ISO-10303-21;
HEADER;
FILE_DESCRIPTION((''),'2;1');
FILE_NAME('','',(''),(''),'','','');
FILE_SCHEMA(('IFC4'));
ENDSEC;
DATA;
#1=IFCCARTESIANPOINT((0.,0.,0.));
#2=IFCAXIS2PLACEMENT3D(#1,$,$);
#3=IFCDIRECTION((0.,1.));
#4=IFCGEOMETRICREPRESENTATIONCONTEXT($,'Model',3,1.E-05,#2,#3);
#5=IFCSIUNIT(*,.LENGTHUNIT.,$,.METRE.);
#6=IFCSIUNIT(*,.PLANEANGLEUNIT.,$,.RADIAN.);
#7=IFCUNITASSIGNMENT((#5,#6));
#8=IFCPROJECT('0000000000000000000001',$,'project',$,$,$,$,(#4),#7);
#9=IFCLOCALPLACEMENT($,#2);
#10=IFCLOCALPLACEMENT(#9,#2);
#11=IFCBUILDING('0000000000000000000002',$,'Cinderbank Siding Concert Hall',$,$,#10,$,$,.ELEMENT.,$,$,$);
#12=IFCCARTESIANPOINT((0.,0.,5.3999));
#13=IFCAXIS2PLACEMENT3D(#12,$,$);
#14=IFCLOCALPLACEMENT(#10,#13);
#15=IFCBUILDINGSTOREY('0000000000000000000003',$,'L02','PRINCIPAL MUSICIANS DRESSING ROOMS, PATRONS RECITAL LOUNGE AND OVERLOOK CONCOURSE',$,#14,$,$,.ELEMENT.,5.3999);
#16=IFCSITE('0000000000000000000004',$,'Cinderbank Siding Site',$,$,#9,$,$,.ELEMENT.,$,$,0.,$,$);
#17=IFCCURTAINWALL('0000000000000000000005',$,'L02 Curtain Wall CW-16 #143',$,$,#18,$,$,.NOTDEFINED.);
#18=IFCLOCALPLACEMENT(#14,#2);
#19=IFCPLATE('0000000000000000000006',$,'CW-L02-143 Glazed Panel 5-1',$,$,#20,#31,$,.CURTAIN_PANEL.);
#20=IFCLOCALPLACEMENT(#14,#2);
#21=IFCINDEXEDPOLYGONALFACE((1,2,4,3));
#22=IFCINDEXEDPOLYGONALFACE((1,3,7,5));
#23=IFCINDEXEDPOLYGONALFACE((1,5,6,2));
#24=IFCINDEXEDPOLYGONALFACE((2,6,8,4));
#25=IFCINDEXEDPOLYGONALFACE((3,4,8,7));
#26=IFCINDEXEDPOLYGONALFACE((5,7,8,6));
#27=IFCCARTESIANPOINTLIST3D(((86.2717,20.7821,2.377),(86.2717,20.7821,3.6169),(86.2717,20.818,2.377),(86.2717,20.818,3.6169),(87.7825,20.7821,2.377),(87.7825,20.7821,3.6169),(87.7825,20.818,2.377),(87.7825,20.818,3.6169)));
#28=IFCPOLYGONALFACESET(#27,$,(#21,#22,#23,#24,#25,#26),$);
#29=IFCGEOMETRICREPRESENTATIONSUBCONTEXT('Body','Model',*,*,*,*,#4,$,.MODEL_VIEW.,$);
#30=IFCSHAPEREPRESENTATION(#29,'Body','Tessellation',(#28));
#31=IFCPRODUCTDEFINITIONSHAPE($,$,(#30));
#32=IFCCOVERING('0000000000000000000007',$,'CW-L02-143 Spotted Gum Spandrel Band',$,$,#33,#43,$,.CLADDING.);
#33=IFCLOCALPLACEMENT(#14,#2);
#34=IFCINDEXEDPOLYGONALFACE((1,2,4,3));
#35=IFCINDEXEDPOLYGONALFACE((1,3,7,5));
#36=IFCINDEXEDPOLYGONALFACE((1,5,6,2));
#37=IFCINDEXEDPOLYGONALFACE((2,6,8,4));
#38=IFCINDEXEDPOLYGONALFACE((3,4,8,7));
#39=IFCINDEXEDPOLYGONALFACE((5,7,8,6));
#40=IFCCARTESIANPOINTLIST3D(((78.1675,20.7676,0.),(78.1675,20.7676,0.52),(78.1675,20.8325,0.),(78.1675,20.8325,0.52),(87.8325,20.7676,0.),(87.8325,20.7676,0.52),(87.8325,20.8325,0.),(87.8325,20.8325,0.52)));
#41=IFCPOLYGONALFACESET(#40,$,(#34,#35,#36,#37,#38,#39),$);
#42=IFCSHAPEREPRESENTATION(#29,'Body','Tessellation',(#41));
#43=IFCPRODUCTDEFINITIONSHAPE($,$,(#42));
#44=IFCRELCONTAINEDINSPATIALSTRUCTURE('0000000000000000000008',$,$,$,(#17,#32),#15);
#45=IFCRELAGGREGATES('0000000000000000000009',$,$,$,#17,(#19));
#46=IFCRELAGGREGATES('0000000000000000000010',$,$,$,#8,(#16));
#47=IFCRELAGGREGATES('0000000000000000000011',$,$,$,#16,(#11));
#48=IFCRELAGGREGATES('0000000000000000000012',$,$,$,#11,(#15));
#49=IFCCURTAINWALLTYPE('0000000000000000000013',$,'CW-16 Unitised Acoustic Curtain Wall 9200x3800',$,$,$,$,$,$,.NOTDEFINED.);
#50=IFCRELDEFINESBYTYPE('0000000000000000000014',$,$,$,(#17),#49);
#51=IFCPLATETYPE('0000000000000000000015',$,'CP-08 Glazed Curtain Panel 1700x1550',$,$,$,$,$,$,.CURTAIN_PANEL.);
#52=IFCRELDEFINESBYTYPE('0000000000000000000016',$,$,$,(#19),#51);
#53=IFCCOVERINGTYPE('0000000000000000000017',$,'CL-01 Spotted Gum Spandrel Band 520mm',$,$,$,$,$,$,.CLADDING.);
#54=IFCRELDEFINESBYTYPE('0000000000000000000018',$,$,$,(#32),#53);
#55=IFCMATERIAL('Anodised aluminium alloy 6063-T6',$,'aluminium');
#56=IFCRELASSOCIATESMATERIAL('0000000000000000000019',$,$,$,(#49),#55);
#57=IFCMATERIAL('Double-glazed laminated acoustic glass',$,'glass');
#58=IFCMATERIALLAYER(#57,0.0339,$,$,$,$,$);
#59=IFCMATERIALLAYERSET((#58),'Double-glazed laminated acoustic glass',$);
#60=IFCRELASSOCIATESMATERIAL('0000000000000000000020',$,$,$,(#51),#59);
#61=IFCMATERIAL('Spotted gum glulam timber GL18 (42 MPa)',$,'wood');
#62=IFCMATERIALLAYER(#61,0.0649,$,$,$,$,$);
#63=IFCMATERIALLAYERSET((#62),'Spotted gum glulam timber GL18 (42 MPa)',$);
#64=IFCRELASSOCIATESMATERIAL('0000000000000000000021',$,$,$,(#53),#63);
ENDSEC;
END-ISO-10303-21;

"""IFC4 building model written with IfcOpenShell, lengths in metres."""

from ifc_helpers import new_model, si_unit, direction, frame, origin, origin_2d, place, context, subcontext, project, spatial, rectangle, extrude, material, layer, layer_set, type_object, element, aggregate, save


model = new_model("IFC4")

# Units and contexts
model_context = context("Model", 3, precision=1e-05, world=origin(), true_north=direction((0.0, 1.0)))
body_context = subcontext(model_context, "Body", "Model", "MODEL_VIEW")
ifc_project = project(units=[si_unit("LENGTHUNIT", "METRE"), si_unit("PLANEANGLEUNIT", "RADIAN")], contexts=[model_context])

# Site, building, storey
site_placement = place(None, origin())
site = spatial("IfcSite", under=ifc_project, at=site_placement, Name="Cinderbank Siding Site", CompositionType="ELEMENT", RefElevation=0.0)
building_placement = place(site_placement, origin())
building = spatial("IfcBuilding", under=site, at=building_placement, Name="Cinderbank Siding Concert Hall", CompositionType="ELEMENT")
storey_placement = place(building_placement, frame((0.0, 0.0, 5.3999)))
storey = spatial("IfcBuildingStorey", under=building, at=storey_placement, Name="L02", Description="PRINCIPAL MUSICIANS DRESSING ROOMS, PATRONS RECITAL LOUNGE AND OVERLOOK CONCOURSE", CompositionType="ELEMENT", Elevation=5.3999)

# Curtain wall
ifc_material_1 = material(Name="Anodised aluminium alloy 6063-T6", Category="aluminium")
curtain_wall_type_1 = type_object("IfcCurtainWallType", Name="CW-16 Unitised Acoustic Curtain Wall 9200x3800", PredefinedType="NOTDEFINED", material=ifc_material_1)
curtain_wall_1_placement = place(storey_placement, origin())
curtain_wall_1 = element("IfcCurtainWall", 1, at=curtain_wall_1_placement, inside=storey, type_object=curtain_wall_type_1, Name="L02 Curtain Wall CW-16 #143", PredefinedType="NOTDEFINED")

# Plate
ifc_material_2 = material(Name="Double-glazed laminated acoustic glass", Category="glass")
ifc_layer_1 = layer(ifc_material_2, 0.0339)
ifc_layer_set_1 = layer_set([ifc_layer_1], Name="Double-glazed laminated acoustic glass")
plate_type = type_object("IfcPlateType", Name="CP-08 Glazed Curtain Panel 1700x1550", PredefinedType="CURTAIN_PANEL", material=ifc_layer_set_1)
plate_1_placement = place(storey_placement, frame((87.0271, 20.8, 2.377), z_axis=(0.0, 0.0, 1.0), x_axis=(1.0, 0.0, 0.0)))
plate_1 = element("IfcPlate", 2, at=plate_1_placement, type_object=plate_type, Name="CW-L02-143 Glazed Panel 5-1", PredefinedType="CURTAIN_PANEL", context=body_context, shape_type="SweptSolid", body=[
    extrude(rectangle(XDim=1.5107, YDim=0.0359, at=origin_2d()), origin(), (0.0, 0.0, 1.0), 1.24),
])
aggregate(curtain_wall_1, [plate_1])

# Covering
ifc_material_3 = material(Name="Spotted gum glulam timber GL18 (42 MPa)", Category="wood")
ifc_layer_2 = layer(ifc_material_3, 0.0649)
ifc_layer_set_2 = layer_set([ifc_layer_2], Name="Spotted gum glulam timber GL18 (42 MPa)")
covering_type = type_object("IfcCoveringType", Name="CL-01 Spotted Gum Spandrel Band 520mm", PredefinedType="CLADDING", material=ifc_layer_set_2)
covering_placement = place(storey_placement, frame((83.0, 20.8, 0.0), z_axis=(0.0, 0.0, 1.0), x_axis=(1.0, 0.0, 0.0)))
element("IfcCovering", 3, at=covering_placement, inside=storey, type_object=covering_type, Name="CW-L02-143 Spotted Gum Spandrel Band", PredefinedType="CLADDING", context=body_context, shape_type="SweptSolid", body=[
    extrude(rectangle(XDim=9.665, YDim=0.0649, at=origin_2d()), origin(), (0.0, 0.0, 1.0), 0.52),
])

save(model, "model.ifc")
